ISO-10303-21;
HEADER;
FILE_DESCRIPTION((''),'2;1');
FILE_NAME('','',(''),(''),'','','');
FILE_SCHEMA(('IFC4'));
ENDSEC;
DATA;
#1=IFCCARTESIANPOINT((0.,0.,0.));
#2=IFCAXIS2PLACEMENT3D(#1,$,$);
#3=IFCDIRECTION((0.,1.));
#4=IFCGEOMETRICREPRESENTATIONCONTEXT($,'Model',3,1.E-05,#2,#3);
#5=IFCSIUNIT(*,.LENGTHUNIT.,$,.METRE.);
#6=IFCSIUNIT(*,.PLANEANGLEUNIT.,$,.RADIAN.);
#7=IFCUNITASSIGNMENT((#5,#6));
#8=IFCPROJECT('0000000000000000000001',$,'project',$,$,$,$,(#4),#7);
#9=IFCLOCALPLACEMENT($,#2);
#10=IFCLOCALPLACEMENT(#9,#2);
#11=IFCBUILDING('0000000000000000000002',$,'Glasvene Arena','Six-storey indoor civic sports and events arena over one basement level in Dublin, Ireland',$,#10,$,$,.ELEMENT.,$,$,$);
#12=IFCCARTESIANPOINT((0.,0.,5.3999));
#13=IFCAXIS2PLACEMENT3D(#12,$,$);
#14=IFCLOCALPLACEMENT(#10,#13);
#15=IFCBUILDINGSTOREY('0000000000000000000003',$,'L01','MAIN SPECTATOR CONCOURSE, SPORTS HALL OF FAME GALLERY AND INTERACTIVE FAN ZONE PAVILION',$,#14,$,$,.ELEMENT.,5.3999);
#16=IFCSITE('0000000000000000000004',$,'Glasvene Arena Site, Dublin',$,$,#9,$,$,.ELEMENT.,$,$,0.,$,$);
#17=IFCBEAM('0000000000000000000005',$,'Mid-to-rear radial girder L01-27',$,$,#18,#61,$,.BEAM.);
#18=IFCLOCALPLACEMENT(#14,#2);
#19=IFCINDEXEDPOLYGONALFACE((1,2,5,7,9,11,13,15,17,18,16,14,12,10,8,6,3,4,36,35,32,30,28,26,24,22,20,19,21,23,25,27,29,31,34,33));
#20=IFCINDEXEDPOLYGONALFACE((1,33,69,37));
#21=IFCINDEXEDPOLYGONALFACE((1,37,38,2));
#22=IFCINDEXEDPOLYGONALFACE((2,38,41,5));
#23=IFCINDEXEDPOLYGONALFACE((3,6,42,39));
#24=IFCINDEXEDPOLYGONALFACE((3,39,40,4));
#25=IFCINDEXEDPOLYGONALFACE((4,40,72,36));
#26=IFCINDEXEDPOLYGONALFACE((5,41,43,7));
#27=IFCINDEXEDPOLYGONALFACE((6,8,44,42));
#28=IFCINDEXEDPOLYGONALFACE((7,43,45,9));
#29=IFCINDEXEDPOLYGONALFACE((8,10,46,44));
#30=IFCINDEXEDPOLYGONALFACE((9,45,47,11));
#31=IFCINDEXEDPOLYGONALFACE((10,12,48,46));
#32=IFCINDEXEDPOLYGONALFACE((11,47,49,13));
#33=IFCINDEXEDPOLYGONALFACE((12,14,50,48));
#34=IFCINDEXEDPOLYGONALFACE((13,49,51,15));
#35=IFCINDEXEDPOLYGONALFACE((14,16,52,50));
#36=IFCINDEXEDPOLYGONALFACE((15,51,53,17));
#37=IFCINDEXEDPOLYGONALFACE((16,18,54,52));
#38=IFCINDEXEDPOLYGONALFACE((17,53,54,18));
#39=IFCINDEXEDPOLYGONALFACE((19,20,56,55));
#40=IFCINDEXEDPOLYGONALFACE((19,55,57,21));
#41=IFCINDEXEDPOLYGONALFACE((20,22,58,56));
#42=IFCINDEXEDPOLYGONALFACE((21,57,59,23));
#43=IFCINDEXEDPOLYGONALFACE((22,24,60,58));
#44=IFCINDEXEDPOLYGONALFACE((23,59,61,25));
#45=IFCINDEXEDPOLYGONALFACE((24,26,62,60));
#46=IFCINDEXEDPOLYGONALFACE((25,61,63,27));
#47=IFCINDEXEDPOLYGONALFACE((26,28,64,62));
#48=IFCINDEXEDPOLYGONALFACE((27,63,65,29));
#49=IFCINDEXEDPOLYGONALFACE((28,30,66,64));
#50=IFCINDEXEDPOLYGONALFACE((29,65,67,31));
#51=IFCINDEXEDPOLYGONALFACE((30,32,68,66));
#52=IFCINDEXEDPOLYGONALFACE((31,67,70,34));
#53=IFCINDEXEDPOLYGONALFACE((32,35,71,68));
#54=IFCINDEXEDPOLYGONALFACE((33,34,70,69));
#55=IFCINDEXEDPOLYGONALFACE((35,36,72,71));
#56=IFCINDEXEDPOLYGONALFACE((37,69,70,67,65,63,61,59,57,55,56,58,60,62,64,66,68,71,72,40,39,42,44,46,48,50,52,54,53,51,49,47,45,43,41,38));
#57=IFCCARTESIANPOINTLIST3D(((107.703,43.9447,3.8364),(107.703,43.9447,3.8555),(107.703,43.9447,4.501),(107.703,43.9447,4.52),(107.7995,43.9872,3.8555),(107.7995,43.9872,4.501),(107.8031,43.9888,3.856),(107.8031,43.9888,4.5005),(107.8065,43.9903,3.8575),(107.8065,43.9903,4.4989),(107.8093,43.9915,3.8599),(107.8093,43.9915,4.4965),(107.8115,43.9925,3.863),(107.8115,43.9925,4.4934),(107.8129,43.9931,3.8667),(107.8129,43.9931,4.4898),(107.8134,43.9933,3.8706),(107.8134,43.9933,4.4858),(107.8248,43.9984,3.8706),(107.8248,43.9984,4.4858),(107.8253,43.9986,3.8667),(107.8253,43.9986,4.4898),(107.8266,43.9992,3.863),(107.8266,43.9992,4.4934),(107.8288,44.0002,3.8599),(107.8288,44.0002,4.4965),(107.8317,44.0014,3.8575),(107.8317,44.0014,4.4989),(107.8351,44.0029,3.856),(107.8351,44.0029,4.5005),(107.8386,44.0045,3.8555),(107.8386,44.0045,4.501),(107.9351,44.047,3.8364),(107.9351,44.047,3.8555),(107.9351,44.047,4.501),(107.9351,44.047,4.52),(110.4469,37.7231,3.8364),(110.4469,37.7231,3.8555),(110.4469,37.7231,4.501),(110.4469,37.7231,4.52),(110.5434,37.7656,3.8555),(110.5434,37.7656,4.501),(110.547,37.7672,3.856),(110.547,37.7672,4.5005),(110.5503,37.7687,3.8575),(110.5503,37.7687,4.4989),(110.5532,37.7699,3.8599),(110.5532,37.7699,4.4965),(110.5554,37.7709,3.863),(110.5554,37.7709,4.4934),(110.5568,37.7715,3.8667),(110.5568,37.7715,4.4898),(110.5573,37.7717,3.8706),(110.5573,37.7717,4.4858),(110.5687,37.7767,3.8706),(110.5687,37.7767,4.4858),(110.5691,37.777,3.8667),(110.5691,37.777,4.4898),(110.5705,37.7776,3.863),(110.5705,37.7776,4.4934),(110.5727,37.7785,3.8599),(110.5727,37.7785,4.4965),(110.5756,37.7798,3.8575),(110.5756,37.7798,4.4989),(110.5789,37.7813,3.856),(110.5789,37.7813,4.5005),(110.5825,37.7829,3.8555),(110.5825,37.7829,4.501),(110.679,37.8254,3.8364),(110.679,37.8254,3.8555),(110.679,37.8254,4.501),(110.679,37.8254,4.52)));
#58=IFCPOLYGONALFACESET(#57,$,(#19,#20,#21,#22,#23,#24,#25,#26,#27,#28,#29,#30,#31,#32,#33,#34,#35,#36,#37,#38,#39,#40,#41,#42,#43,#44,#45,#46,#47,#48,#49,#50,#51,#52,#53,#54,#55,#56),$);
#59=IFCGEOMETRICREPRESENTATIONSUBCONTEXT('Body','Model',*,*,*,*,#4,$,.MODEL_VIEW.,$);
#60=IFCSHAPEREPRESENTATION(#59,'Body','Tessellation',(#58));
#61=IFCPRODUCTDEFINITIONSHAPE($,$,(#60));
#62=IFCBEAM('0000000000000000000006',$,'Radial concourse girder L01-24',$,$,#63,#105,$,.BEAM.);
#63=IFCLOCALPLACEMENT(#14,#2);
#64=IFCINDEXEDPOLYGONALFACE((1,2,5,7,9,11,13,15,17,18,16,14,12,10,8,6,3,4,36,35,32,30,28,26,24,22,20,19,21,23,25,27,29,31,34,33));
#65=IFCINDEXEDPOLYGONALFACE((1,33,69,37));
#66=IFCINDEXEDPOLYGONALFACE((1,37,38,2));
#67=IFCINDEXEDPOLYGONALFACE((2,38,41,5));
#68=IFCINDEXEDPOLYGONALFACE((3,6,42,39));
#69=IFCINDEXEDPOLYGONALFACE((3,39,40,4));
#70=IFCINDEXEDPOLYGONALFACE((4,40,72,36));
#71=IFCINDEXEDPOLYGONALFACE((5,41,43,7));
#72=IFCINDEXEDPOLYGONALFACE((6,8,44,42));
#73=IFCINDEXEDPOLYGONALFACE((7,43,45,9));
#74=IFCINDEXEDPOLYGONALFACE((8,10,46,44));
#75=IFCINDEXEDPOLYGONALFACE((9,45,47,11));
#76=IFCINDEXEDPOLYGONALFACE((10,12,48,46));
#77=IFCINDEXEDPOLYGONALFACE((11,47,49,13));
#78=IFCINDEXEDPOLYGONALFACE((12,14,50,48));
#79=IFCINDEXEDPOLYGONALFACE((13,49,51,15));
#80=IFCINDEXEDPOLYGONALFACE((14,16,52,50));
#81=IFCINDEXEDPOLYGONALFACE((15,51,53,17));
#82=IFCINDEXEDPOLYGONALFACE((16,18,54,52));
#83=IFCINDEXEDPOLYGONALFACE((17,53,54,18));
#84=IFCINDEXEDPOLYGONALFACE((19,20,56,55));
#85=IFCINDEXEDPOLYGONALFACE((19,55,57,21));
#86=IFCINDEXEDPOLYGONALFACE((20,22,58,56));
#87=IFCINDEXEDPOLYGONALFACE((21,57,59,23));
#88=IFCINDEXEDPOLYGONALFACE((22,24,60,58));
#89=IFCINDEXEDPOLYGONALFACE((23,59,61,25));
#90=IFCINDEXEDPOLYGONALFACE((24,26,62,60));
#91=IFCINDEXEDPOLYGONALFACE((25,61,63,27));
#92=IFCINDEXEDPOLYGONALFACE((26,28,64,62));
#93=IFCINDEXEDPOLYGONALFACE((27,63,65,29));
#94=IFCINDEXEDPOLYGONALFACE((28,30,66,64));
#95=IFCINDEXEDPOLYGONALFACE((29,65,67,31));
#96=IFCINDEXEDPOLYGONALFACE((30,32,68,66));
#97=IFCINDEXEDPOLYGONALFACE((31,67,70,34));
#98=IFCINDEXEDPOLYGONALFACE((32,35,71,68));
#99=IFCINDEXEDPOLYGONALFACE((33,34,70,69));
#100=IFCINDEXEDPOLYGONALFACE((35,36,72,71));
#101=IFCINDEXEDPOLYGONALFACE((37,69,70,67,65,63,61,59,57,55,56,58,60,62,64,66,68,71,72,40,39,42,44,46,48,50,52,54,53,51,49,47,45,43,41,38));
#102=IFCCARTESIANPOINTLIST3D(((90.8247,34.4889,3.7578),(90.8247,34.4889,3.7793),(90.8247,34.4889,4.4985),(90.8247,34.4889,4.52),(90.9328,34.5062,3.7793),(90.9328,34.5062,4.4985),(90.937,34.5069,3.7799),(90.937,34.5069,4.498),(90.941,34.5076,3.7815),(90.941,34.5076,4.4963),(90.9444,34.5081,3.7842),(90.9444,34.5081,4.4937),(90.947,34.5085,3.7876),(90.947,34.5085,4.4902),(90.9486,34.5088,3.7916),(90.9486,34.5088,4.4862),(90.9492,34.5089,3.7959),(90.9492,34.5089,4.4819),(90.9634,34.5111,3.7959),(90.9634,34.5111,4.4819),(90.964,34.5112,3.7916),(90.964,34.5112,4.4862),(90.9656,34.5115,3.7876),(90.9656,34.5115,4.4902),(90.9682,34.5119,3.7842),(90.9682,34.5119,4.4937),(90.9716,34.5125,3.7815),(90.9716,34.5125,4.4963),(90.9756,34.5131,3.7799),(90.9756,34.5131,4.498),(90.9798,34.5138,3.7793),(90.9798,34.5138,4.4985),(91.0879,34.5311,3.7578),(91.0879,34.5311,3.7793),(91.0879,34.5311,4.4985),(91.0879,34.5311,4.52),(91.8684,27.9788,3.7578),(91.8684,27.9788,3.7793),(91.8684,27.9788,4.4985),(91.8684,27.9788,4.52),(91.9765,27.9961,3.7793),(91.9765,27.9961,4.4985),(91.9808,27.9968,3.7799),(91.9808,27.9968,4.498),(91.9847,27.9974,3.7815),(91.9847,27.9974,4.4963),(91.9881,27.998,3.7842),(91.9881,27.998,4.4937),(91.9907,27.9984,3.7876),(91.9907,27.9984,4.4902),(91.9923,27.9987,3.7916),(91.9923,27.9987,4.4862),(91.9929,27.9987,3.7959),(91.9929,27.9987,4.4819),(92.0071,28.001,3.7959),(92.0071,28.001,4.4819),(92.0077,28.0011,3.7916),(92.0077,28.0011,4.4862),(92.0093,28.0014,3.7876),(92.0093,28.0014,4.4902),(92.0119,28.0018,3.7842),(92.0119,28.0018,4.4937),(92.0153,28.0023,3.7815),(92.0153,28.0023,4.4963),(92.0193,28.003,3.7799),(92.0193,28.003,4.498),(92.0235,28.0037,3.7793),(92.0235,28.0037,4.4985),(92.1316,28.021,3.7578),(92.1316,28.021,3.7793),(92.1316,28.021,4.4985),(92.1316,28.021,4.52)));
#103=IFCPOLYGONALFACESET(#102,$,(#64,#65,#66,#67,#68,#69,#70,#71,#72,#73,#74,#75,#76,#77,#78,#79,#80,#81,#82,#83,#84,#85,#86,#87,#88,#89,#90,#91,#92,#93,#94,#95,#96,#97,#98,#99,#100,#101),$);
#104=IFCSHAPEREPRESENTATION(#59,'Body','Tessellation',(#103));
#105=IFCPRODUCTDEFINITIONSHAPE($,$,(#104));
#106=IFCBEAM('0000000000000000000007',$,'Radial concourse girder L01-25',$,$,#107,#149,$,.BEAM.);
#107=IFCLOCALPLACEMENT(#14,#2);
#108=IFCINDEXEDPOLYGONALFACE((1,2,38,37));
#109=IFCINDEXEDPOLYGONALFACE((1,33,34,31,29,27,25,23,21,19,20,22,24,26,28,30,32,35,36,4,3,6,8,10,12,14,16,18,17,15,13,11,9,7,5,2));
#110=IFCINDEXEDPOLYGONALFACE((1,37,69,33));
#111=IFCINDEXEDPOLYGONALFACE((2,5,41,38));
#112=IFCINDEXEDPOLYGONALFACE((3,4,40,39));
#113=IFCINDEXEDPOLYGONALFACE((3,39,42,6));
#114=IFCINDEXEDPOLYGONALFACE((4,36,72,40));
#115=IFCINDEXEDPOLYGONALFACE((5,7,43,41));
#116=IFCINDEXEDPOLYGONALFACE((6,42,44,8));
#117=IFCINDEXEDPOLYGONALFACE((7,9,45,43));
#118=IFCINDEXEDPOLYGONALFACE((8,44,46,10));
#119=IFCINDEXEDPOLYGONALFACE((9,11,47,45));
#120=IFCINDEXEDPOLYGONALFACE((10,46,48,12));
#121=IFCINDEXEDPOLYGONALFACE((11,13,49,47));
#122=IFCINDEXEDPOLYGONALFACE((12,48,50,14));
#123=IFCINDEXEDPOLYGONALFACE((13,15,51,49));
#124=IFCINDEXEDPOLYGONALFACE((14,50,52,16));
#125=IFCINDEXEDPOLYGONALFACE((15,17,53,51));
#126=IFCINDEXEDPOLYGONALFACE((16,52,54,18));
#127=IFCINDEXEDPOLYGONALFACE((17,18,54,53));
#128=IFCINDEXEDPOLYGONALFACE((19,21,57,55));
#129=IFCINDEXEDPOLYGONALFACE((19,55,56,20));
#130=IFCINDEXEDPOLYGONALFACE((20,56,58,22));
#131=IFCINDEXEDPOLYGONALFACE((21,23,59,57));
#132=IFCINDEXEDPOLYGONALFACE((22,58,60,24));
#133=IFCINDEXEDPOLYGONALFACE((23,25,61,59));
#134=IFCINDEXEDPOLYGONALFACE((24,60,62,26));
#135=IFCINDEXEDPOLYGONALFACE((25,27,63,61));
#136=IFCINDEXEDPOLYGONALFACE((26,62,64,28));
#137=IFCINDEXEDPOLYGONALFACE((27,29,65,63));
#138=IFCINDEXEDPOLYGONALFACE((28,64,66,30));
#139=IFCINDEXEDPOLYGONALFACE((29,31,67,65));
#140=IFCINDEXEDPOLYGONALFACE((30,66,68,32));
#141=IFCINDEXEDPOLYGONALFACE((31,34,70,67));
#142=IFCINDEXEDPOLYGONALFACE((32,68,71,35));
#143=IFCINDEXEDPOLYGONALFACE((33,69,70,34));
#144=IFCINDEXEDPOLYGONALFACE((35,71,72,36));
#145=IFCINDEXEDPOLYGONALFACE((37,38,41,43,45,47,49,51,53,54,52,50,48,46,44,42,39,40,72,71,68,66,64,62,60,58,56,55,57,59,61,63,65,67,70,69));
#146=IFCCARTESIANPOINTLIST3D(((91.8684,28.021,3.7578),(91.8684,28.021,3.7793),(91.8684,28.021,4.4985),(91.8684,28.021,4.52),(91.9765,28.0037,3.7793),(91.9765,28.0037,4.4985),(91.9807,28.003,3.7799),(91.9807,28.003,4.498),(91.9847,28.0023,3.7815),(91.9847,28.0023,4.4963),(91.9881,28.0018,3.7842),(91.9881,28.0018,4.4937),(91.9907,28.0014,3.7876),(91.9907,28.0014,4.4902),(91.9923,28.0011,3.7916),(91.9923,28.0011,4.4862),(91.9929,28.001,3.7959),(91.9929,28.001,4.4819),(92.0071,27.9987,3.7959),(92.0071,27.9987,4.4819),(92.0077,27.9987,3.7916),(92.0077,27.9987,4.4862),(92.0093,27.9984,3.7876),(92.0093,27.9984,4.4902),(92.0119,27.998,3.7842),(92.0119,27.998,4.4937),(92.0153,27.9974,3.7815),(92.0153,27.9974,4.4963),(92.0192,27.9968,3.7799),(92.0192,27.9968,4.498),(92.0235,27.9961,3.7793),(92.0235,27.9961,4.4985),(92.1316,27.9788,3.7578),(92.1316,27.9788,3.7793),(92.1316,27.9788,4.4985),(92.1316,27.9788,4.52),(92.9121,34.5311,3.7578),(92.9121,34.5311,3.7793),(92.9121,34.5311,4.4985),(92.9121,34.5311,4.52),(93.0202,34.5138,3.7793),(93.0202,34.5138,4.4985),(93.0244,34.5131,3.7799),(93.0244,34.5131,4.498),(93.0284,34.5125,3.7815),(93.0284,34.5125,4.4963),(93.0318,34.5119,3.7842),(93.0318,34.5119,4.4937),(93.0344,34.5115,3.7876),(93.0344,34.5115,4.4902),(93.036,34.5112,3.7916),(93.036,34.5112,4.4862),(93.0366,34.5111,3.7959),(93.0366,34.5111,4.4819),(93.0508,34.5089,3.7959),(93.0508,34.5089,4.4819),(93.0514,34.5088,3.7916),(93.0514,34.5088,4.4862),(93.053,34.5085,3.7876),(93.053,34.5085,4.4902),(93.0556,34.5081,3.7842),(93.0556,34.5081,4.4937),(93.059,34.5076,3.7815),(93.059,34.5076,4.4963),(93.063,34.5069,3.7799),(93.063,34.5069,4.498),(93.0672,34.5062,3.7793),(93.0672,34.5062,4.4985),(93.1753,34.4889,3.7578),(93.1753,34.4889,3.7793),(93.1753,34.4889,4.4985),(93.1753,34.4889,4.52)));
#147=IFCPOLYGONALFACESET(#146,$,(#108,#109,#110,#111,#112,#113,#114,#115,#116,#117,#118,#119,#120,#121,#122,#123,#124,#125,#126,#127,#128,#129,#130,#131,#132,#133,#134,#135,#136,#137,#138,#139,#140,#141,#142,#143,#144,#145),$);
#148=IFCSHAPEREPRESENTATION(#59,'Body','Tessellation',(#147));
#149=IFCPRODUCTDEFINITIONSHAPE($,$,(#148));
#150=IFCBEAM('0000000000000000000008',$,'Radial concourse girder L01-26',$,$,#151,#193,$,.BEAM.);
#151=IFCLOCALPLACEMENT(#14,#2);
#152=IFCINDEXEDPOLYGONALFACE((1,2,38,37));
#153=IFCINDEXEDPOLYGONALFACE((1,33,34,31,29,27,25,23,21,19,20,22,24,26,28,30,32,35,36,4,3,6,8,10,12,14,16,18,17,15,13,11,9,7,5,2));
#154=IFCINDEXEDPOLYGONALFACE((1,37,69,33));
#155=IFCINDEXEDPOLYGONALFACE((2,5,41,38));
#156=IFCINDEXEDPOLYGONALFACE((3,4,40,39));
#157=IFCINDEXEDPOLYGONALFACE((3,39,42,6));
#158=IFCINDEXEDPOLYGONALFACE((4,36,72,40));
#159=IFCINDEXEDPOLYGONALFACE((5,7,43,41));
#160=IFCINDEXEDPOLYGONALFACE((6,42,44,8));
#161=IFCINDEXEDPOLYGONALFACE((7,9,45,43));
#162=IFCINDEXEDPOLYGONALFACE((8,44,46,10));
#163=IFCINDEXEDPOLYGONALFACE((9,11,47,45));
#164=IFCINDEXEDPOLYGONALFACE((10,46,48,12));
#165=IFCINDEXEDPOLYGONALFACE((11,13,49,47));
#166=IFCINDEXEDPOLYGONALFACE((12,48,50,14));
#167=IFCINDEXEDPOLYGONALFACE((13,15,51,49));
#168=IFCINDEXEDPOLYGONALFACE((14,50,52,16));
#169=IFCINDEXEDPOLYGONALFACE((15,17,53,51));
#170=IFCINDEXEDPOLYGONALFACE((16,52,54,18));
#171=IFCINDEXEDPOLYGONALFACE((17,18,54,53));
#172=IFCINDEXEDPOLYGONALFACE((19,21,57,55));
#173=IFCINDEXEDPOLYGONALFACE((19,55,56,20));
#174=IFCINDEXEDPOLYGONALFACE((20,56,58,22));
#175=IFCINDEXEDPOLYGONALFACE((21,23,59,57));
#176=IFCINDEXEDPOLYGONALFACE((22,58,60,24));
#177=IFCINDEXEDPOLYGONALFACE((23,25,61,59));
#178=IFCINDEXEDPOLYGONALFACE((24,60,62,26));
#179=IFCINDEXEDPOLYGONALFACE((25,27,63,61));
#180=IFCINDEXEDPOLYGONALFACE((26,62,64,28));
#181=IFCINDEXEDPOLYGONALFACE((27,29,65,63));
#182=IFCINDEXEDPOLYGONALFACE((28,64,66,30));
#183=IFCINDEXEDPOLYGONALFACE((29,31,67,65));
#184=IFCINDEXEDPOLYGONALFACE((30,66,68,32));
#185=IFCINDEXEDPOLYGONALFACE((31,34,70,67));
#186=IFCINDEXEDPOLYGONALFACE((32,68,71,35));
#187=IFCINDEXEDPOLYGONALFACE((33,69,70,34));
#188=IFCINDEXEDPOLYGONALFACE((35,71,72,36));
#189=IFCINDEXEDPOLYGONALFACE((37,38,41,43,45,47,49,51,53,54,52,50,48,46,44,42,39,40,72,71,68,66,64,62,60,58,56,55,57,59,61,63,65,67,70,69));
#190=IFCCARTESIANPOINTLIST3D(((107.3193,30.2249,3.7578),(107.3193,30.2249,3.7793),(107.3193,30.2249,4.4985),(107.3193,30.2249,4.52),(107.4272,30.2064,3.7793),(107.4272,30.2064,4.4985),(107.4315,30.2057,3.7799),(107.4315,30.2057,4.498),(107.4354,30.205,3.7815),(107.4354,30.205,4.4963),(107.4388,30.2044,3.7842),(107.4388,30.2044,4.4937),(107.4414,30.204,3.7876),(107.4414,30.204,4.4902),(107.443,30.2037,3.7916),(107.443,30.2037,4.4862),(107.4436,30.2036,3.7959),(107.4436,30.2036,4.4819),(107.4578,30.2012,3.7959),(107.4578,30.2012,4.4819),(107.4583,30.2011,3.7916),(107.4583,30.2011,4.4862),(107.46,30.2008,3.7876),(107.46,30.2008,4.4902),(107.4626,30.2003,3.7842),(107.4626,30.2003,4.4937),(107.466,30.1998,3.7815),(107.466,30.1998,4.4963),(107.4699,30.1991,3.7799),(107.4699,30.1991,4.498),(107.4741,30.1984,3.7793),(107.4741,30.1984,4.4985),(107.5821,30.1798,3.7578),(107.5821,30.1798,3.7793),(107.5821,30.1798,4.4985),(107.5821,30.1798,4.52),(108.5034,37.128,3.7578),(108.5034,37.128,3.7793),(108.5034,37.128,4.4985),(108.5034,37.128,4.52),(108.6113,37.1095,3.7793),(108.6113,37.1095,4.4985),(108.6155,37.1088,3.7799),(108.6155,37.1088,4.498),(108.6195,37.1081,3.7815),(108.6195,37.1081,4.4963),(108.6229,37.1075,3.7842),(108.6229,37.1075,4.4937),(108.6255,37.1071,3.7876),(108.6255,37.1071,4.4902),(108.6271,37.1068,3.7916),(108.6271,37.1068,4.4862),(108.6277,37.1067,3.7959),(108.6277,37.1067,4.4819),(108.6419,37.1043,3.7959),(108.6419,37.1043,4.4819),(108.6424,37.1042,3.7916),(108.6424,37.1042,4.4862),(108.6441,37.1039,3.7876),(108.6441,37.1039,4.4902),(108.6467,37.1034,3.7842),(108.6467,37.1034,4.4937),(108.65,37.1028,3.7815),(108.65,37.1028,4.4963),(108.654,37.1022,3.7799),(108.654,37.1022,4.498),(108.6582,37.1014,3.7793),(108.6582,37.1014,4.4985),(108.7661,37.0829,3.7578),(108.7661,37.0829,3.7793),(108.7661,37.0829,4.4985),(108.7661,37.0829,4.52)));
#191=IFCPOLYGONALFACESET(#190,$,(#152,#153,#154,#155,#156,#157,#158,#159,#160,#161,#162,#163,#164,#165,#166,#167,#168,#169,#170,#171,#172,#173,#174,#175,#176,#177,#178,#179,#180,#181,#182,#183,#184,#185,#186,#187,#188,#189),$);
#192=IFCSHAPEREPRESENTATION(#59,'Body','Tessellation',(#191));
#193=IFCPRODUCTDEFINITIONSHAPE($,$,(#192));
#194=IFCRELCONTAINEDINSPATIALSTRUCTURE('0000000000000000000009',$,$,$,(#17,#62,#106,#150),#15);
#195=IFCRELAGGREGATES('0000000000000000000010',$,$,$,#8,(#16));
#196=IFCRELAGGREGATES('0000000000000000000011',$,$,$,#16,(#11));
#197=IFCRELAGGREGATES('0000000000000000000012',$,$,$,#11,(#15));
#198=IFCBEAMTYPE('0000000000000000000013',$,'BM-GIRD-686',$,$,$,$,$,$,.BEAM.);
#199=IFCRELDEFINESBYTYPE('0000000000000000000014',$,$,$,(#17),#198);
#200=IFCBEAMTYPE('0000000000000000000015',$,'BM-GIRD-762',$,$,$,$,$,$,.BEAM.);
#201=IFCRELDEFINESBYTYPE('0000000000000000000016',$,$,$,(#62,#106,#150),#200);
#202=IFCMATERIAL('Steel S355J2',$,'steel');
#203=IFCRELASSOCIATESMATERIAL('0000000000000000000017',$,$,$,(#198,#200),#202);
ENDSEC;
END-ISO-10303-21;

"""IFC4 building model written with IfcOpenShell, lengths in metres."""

from ifc_helpers import new_model, si_unit, direction, frame, origin, origin_2d, place, context, subcontext, project, spatial, i_section, extrude, material, material_profile, profile_set, type_object, element, save


model = new_model("IFC4")

# Units and contexts
model_context = context("Model", 3, precision=1e-05, world=origin(), true_north=direction((0.0, 1.0)))
body_context = subcontext(model_context, "Body", "Model", "MODEL_VIEW")
ifc_project = project(units=[si_unit("LENGTHUNIT", "METRE"), si_unit("PLANEANGLEUNIT", "RADIAN")], contexts=[model_context])

# Site, building, storey
site_placement = place(None, origin())
site = spatial("IfcSite", under=ifc_project, at=site_placement, Name="Glasvene Arena Site, Dublin", CompositionType="ELEMENT", RefElevation=0.0)
building_placement = place(site_placement, origin())
building = spatial("IfcBuilding", under=site, at=building_placement, Name="Glasvene Arena", Description="Six-storey indoor civic sports and events arena over one basement level in Dublin, Ireland", CompositionType="ELEMENT")
storey_placement = place(building_placement, frame((0.0, 0.0, 5.3999)))
storey = spatial("IfcBuildingStorey", under=building, at=storey_placement, Name="L01", Description="MAIN SPECTATOR CONCOURSE, SPORTS HALL OF FAME GALLERY AND INTERACTIVE FAN ZONE PAVILION", CompositionType="ELEMENT", Elevation=5.3999)

# Shared definitions
ifc_material_1 = material(Name="Steel S355J2", Category="steel")

# Beams
ifc_material_profile_1 = material_profile(ifc_material_1, i_section(OverallWidth=0.2537, OverallDepth=0.6836, WebThickness=0.0125, FlangeThickness=0.019, FilletRadius=0.0151, at=origin_2d()), Name="UKB 686x254x140")
ifc_profile_set_1 = profile_set([ifc_material_profile_1], Name="Steel S355J2")
beam_type_1 = type_object("IfcBeamType", Name="BM-GIRD-686", PredefinedType="BEAM", material=ifc_profile_set_1)
beam_1_placement = place(storey_placement, frame((107.8191, 43.9958, 4.1782), z_axis=(0.403522, -0.91497, 0.0), x_axis=(0.91497, 0.403522, 0.0)))
element("IfcBeam", 1, at=beam_1_placement, inside=storey, type_object=beam_type_1, Name="Mid-to-rear radial girder L01-27", PredefinedType="BEAM", context=body_context, shape_type="SweptSolid", body=[
    extrude(i_section(OverallWidth=0.2537, OverallDepth=0.6836, WebThickness=0.0125, FlangeThickness=0.019, FilletRadius=0.0151, at=origin_2d()), origin(), (0.0, 0.0, 1.0), 6.7998),
])
ifc_material_profile_2 = material_profile(ifc_material_1, i_section(OverallWidth=0.2666, OverallDepth=0.7622, WebThickness=0.0144, FlangeThickness=0.0215, FilletRadius=0.0166, at=origin_2d()), Name="UKB 762x267x173")
ifc_profile_set_2 = profile_set([ifc_material_profile_2], Name="Steel S355J2")
beam_type_2 = type_object("IfcBeamType", Name="BM-GIRD-762", PredefinedType="BEAM", material=ifc_profile_set_2)
for number, where, z_axis, x_axis, name in (
    (2, (90.9563, 34.51, 4.1389), (0.158301, -0.987391, 0.0), (0.987391, 0.158301, 0.0), "Radial concourse girder L01-24"),
    (3, (93.0437, 34.51, 4.1389), (-0.158301, -0.987391, 0.0), (0.987391, -0.158301, 0.0), "Radial concourse girder L01-25"),
):
    element("IfcBeam", number, at=place(storey_placement, frame(where, z_axis=z_axis, x_axis=x_axis)), inside=storey, type_object=beam_type_2, Name=name, PredefinedType="BEAM", context=body_context, shape_type="SweptSolid", body=[
        extrude(i_section(OverallWidth=0.2666, OverallDepth=0.7622, WebThickness=0.0144, FlangeThickness=0.0215, FilletRadius=0.0166, at=origin_2d()), origin(), (0.0, 0.0, 1.0), 6.5933),
    ])
beam_2_placement = place(storey_placement, frame((108.6348, 37.1055, 4.1389), z_axis=(-0.169061, -0.985606, 0.0), x_axis=(0.985606, -0.169061, 0.0)))
element("IfcBeam", 4, at=beam_2_placement, inside=storey, type_object=beam_type_2, Name="Radial concourse girder L01-26", PredefinedType="BEAM", context=body_context, shape_type="SweptSolid", body=[
    extrude(i_section(OverallWidth=0.2666, OverallDepth=0.7622, WebThickness=0.0144, FlangeThickness=0.0215, FilletRadius=0.0166, at=origin_2d()), origin(), (0.0, 0.0, 1.0), 7.0039),
])

save(model, "model.ifc")
